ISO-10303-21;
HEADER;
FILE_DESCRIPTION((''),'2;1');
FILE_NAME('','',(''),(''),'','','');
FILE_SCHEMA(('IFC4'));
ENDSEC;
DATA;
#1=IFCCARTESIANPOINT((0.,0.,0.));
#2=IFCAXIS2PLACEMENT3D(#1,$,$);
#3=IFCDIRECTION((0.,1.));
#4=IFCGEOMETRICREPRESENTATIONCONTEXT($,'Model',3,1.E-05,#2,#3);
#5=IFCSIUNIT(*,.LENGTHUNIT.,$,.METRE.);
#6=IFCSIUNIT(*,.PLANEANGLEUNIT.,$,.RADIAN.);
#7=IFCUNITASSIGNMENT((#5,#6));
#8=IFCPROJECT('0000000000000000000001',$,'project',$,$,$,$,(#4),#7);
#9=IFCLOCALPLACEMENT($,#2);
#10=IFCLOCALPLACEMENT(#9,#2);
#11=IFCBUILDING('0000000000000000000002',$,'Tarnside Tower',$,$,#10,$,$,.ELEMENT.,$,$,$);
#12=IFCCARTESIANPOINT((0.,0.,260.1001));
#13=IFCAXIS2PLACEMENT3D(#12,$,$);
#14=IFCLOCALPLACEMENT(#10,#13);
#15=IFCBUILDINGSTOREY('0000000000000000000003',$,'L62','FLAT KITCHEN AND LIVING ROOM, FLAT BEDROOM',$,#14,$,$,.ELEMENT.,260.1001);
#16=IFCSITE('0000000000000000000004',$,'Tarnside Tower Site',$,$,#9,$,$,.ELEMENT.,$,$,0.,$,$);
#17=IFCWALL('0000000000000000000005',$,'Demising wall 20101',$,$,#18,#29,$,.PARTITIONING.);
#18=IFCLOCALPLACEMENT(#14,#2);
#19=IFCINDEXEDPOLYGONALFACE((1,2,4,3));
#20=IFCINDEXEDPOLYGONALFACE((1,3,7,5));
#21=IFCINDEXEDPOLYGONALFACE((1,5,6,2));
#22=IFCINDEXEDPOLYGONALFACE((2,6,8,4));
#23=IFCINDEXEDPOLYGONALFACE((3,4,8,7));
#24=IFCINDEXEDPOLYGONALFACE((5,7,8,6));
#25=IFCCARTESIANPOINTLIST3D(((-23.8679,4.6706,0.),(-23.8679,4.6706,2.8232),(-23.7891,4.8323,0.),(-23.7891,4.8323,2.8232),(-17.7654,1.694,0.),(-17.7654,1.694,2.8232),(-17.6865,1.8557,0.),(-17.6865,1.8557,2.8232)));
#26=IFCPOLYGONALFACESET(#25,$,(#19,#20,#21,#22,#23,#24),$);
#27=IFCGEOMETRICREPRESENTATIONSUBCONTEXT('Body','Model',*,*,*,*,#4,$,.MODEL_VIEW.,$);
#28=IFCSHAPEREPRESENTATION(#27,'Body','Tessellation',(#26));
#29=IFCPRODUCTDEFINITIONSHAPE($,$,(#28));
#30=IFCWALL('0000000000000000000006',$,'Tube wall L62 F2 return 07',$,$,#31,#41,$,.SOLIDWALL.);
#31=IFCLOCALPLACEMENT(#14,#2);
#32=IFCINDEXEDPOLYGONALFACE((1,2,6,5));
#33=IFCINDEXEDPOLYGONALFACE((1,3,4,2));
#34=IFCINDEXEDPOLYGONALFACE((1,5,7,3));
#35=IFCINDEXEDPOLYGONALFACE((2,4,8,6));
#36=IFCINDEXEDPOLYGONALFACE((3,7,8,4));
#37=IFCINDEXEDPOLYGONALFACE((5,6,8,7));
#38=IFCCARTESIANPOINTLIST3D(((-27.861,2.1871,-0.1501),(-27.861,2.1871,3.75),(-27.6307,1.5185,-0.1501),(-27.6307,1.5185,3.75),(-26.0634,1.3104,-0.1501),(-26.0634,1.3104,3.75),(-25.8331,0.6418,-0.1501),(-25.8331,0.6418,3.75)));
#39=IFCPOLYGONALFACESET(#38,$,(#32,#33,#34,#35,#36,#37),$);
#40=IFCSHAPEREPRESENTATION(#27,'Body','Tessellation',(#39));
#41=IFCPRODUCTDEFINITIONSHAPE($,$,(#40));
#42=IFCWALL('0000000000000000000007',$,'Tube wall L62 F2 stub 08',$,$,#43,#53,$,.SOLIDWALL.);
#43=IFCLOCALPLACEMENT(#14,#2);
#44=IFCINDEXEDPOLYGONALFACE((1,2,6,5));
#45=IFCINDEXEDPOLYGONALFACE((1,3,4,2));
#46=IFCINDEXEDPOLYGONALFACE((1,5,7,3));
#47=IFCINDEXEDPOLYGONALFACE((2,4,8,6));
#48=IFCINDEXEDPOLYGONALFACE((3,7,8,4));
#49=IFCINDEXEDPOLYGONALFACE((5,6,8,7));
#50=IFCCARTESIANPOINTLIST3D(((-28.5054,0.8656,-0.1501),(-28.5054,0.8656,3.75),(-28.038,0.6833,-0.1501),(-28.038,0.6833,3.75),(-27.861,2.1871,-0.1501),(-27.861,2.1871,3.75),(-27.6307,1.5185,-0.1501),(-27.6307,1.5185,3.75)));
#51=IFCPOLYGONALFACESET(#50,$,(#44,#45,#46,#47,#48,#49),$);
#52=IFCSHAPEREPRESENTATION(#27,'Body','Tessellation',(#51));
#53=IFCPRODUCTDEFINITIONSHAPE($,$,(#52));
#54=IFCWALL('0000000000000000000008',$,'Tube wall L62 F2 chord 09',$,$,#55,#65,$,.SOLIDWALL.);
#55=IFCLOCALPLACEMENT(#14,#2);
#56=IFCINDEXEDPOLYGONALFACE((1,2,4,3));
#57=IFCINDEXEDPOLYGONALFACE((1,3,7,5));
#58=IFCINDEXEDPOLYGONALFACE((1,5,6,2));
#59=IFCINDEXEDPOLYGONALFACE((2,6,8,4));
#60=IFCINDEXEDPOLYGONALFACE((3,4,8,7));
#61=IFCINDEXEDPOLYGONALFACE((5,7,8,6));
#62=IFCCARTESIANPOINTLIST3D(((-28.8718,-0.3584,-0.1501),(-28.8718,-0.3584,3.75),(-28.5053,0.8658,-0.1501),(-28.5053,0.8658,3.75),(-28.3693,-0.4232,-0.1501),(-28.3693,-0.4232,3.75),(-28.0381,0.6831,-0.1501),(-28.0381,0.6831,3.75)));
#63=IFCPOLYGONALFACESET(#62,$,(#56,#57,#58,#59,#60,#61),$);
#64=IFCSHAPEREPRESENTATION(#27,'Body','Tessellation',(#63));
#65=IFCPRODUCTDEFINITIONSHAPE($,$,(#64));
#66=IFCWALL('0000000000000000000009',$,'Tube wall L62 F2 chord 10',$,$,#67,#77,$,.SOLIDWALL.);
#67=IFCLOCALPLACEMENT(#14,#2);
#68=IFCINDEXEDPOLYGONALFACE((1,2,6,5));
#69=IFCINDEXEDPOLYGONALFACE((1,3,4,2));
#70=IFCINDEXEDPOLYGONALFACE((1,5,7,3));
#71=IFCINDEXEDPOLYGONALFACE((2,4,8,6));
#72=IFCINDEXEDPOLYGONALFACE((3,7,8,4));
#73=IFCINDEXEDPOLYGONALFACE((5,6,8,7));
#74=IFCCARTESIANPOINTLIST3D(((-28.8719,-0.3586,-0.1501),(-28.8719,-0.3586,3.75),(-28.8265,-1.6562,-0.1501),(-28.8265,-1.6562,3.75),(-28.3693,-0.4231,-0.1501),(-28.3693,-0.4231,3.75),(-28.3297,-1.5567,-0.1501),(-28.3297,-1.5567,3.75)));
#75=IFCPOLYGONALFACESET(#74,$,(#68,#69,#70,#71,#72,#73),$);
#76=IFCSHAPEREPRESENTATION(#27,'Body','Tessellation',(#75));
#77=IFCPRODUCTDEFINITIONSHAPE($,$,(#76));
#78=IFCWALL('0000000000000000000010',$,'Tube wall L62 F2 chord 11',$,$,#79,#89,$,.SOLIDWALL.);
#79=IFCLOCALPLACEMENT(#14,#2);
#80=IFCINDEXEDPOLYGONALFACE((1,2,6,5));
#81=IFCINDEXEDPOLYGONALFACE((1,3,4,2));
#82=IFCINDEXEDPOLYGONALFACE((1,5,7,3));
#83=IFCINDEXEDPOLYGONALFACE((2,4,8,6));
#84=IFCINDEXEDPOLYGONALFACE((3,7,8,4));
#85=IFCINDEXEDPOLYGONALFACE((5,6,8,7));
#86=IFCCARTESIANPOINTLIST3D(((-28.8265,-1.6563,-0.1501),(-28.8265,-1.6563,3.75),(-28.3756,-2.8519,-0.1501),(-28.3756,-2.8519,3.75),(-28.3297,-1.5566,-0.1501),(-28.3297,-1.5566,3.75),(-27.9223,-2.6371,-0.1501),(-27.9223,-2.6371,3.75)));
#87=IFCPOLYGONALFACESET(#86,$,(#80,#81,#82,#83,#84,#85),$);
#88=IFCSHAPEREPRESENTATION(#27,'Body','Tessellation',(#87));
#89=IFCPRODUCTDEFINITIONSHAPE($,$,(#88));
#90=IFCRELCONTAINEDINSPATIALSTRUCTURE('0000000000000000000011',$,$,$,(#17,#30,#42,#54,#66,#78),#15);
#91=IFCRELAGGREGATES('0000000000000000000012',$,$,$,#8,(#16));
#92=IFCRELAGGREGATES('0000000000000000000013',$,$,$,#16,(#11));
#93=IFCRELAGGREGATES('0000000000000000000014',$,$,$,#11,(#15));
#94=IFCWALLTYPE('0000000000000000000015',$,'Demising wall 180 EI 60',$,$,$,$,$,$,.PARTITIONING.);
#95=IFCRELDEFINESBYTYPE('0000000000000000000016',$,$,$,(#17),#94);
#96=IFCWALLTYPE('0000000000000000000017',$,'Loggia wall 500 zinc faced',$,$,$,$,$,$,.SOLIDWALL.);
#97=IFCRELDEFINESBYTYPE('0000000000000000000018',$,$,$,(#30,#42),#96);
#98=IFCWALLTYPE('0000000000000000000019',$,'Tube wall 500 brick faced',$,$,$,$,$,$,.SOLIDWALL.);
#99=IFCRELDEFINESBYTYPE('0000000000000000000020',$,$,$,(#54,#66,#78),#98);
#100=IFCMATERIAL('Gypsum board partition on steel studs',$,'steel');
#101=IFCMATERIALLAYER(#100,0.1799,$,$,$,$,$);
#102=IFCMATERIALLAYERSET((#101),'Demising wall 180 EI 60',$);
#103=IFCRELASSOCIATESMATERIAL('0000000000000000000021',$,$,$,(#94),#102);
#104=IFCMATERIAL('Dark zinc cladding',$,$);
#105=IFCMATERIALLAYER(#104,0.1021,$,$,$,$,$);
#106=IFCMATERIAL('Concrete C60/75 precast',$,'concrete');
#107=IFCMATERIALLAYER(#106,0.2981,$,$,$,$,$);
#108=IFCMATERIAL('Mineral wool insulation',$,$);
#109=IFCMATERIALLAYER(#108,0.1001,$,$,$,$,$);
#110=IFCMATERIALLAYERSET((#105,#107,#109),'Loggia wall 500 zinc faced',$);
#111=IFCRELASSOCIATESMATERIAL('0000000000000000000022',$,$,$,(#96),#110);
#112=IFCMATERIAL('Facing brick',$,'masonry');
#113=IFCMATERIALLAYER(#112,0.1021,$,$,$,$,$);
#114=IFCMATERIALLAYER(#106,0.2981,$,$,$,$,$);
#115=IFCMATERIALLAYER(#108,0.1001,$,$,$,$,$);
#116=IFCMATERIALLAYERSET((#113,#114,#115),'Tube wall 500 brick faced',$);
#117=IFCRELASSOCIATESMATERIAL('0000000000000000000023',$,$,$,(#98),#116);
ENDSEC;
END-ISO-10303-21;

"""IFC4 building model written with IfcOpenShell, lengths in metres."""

from ifc_helpers import new_model, si_unit, direction, frame, frame_2d, origin, place, context, subcontext, project, spatial, polyline, rectangle, outline, extrude, material, layer, layer_set, type_object, element, save


model = new_model("IFC4")

# Units and contexts
model_context = context("Model", 3, precision=1e-05, world=origin(), true_north=direction((0.0, 1.0)))
body_context = subcontext(model_context, "Body", "Model", "MODEL_VIEW")
ifc_project = project(units=[si_unit("LENGTHUNIT", "METRE"), si_unit("PLANEANGLEUNIT", "RADIAN")], contexts=[model_context])

# Site, building, storey
site_placement = place(None, origin())
site = spatial("IfcSite", under=ifc_project, at=site_placement, Name="Tarnside Tower Site", CompositionType="ELEMENT", RefElevation=0.0)
building_placement = place(site_placement, origin())
building = spatial("IfcBuilding", under=site, at=building_placement, Name="Tarnside Tower", CompositionType="ELEMENT")
storey_placement = place(building_placement, frame((0.0, 0.0, 260.1001)))
storey = spatial("IfcBuildingStorey", under=building, at=storey_placement, Name="L62", Description="FLAT KITCHEN AND LIVING ROOM, FLAT BEDROOM", CompositionType="ELEMENT", Elevation=260.1001)

# Shared definitions
ifc_material_1 = material(Name="Gypsum board partition on steel studs", Category="steel")

# Walls
ifc_layer_1 = layer(ifc_material_1, 0.1799)
ifc_layer_set_1 = layer_set([ifc_layer_1], Name="Demising wall 180 EI 60")
wall_type_1 = type_object("IfcWallType", Name="Demising wall 180 EI 60", PredefinedType="PARTITIONING", material=ifc_layer_set_1)
wall_1_placement = place(storey_placement, frame((-23.8286, 4.7515, 0.0), z_axis=(0.0, 0.0, 1.0), x_axis=(0.898785, -0.43839, 0.0)))
element("IfcWall", 1, at=wall_1_placement, inside=storey, type_object=wall_type_1, Name="Demising wall 20101", PredefinedType="PARTITIONING", context=body_context, shape_type="SweptSolid", body=[
    extrude(rectangle(XDim=6.7898, YDim=0.1799, at=frame_2d((3.395, 0.0))), origin(), (0.0, 0.0, 1.0), 2.8232),
])
ifc_material_2 = material(Name="Dark zinc cladding")
ifc_layer_2 = layer(ifc_material_2, 0.1021)
ifc_material_3 = material(Name="Concrete C60/75 precast", Category="concrete")
ifc_layer_3 = layer(ifc_material_3, 0.2981)
ifc_material_4 = material(Name="Mineral wool insulation")
ifc_layer_4 = layer(ifc_material_4, 0.1001)
ifc_layer_set_2 = layer_set([ifc_layer_2, ifc_layer_3, ifc_layer_4], Name="Loggia wall 500 zinc faced")
wall_type_2 = type_object("IfcWallType", Name="Loggia wall 500 zinc faced", PredefinedType="SOLIDWALL", material=ifc_layer_set_2)
wall_2_placement = place(storey_placement, frame((-25.9482, 0.9761, -0.1501), z_axis=(0.0, 0.0, 1.0), x_axis=(-0.898802, 0.438354, 0.0)))
element("IfcWall", 2, at=wall_2_placement, inside=storey, type_object=wall_type_2, Name="Tube wall L62 F2 return 07", PredefinedType="SOLIDWALL", context=body_context, shape_type="SweptSolid", body=[
    extrude(outline(polyline([(0.25, -0.25), (2.25, -0.25), (1.75, 0.25), (-0.25, 0.25), (0.25, -0.25)])), origin(), (0.0, 0.0, 1.0), 3.9001),
])
wall_3_placement = place(storey_placement, frame((-27.7458, 1.8528, -0.1501), z_axis=(0.0, 0.0, 1.0), x_axis=(-0.438319, -0.898819, 0.0)))
element("IfcWall", 3, at=wall_3_placement, inside=storey, type_object=wall_type_2, Name="Tube wall L62 F2 stub 08", PredefinedType="SOLIDWALL", context=body_context, shape_type="SweptSolid", body=[
    extrude(outline(polyline([(-0.25, -0.25), (1.2202, -0.25), (1.1792, 0.25), (0.25, 0.25), (-0.25, -0.25)])), origin(), (0.0, 0.0, 1.0), 3.9001),
])
ifc_material_5 = material(Name="Facing brick", Category="masonry")
ifc_layer_5 = layer(ifc_material_5, 0.1021)
ifc_layer_6 = layer(ifc_material_3, 0.2981)
ifc_layer_7 = layer(ifc_material_4, 0.1001)
ifc_layer_set_3 = layer_set([ifc_layer_5, ifc_layer_6, ifc_layer_7], Name="Tube wall 500 brick faced")
wall_type_3 = type_object("IfcWallType", Name="Tube wall 500 brick faced", PredefinedType="SOLIDWALL", material=ifc_layer_set_3)
wall_4_placement = place(storey_placement, frame((-28.2717, 0.7744, -0.1501), z_axis=(0.0, 0.0, 1.0), x_axis=(-0.286814, -0.957986, 0.0)))
element("IfcWall", 4, at=wall_4_placement, inside=storey, type_object=wall_type_3, Name="Tube wall L62 F2 chord 09", PredefinedType="SOLIDWALL", context=body_context, shape_type="SweptSolid", body=[
    extrude(outline(polyline([(-0.0205, -0.25), (1.2573, -0.25), (1.1753, 0.25), (0.0205, 0.25), (-0.0205, -0.25)])), origin(), (0.0, 0.0, 1.0), 3.9001),
])
wall_5_placement = place(storey_placement, frame((-28.6206, -0.3909, -0.1501), z_axis=(0.0, 0.0, 1.0), x_axis=(0.034925, -0.99939, 0.0)))
element("IfcWall", 5, at=wall_5_placement, inside=storey, type_object=wall_type_3, Name="Tube wall L62 F2 chord 10", PredefinedType="SOLIDWALL", context=body_context, shape_type="SweptSolid", body=[
    extrude(outline(polyline([(-0.041, -0.25), (1.2573, -0.25), (1.1753, 0.25), (0.041, 0.25), (-0.041, -0.25)])), origin(), (0.0, 0.0, 1.0), 3.9001),
])
wall_6_placement = place(storey_placement, frame((-28.5781, -1.6064, -0.1501), z_axis=(0.0, 0.0, 1.0), x_axis=(0.352838, -0.935684, 0.0)))
element("IfcWall", 6, at=wall_6_placement, inside=storey, type_object=wall_type_3, Name="Tube wall L62 F2 chord 11", PredefinedType="SOLIDWALL", context=body_context, shape_type="SweptSolid", body=[
    extrude(outline(polyline([(-0.041, -0.25), (1.2368, -0.25), (1.1958, 0.25), (0.041, 0.25), (-0.041, -0.25)])), origin(), (0.0, 0.0, 1.0), 3.9001),
])

save(model, "model.ifc")
